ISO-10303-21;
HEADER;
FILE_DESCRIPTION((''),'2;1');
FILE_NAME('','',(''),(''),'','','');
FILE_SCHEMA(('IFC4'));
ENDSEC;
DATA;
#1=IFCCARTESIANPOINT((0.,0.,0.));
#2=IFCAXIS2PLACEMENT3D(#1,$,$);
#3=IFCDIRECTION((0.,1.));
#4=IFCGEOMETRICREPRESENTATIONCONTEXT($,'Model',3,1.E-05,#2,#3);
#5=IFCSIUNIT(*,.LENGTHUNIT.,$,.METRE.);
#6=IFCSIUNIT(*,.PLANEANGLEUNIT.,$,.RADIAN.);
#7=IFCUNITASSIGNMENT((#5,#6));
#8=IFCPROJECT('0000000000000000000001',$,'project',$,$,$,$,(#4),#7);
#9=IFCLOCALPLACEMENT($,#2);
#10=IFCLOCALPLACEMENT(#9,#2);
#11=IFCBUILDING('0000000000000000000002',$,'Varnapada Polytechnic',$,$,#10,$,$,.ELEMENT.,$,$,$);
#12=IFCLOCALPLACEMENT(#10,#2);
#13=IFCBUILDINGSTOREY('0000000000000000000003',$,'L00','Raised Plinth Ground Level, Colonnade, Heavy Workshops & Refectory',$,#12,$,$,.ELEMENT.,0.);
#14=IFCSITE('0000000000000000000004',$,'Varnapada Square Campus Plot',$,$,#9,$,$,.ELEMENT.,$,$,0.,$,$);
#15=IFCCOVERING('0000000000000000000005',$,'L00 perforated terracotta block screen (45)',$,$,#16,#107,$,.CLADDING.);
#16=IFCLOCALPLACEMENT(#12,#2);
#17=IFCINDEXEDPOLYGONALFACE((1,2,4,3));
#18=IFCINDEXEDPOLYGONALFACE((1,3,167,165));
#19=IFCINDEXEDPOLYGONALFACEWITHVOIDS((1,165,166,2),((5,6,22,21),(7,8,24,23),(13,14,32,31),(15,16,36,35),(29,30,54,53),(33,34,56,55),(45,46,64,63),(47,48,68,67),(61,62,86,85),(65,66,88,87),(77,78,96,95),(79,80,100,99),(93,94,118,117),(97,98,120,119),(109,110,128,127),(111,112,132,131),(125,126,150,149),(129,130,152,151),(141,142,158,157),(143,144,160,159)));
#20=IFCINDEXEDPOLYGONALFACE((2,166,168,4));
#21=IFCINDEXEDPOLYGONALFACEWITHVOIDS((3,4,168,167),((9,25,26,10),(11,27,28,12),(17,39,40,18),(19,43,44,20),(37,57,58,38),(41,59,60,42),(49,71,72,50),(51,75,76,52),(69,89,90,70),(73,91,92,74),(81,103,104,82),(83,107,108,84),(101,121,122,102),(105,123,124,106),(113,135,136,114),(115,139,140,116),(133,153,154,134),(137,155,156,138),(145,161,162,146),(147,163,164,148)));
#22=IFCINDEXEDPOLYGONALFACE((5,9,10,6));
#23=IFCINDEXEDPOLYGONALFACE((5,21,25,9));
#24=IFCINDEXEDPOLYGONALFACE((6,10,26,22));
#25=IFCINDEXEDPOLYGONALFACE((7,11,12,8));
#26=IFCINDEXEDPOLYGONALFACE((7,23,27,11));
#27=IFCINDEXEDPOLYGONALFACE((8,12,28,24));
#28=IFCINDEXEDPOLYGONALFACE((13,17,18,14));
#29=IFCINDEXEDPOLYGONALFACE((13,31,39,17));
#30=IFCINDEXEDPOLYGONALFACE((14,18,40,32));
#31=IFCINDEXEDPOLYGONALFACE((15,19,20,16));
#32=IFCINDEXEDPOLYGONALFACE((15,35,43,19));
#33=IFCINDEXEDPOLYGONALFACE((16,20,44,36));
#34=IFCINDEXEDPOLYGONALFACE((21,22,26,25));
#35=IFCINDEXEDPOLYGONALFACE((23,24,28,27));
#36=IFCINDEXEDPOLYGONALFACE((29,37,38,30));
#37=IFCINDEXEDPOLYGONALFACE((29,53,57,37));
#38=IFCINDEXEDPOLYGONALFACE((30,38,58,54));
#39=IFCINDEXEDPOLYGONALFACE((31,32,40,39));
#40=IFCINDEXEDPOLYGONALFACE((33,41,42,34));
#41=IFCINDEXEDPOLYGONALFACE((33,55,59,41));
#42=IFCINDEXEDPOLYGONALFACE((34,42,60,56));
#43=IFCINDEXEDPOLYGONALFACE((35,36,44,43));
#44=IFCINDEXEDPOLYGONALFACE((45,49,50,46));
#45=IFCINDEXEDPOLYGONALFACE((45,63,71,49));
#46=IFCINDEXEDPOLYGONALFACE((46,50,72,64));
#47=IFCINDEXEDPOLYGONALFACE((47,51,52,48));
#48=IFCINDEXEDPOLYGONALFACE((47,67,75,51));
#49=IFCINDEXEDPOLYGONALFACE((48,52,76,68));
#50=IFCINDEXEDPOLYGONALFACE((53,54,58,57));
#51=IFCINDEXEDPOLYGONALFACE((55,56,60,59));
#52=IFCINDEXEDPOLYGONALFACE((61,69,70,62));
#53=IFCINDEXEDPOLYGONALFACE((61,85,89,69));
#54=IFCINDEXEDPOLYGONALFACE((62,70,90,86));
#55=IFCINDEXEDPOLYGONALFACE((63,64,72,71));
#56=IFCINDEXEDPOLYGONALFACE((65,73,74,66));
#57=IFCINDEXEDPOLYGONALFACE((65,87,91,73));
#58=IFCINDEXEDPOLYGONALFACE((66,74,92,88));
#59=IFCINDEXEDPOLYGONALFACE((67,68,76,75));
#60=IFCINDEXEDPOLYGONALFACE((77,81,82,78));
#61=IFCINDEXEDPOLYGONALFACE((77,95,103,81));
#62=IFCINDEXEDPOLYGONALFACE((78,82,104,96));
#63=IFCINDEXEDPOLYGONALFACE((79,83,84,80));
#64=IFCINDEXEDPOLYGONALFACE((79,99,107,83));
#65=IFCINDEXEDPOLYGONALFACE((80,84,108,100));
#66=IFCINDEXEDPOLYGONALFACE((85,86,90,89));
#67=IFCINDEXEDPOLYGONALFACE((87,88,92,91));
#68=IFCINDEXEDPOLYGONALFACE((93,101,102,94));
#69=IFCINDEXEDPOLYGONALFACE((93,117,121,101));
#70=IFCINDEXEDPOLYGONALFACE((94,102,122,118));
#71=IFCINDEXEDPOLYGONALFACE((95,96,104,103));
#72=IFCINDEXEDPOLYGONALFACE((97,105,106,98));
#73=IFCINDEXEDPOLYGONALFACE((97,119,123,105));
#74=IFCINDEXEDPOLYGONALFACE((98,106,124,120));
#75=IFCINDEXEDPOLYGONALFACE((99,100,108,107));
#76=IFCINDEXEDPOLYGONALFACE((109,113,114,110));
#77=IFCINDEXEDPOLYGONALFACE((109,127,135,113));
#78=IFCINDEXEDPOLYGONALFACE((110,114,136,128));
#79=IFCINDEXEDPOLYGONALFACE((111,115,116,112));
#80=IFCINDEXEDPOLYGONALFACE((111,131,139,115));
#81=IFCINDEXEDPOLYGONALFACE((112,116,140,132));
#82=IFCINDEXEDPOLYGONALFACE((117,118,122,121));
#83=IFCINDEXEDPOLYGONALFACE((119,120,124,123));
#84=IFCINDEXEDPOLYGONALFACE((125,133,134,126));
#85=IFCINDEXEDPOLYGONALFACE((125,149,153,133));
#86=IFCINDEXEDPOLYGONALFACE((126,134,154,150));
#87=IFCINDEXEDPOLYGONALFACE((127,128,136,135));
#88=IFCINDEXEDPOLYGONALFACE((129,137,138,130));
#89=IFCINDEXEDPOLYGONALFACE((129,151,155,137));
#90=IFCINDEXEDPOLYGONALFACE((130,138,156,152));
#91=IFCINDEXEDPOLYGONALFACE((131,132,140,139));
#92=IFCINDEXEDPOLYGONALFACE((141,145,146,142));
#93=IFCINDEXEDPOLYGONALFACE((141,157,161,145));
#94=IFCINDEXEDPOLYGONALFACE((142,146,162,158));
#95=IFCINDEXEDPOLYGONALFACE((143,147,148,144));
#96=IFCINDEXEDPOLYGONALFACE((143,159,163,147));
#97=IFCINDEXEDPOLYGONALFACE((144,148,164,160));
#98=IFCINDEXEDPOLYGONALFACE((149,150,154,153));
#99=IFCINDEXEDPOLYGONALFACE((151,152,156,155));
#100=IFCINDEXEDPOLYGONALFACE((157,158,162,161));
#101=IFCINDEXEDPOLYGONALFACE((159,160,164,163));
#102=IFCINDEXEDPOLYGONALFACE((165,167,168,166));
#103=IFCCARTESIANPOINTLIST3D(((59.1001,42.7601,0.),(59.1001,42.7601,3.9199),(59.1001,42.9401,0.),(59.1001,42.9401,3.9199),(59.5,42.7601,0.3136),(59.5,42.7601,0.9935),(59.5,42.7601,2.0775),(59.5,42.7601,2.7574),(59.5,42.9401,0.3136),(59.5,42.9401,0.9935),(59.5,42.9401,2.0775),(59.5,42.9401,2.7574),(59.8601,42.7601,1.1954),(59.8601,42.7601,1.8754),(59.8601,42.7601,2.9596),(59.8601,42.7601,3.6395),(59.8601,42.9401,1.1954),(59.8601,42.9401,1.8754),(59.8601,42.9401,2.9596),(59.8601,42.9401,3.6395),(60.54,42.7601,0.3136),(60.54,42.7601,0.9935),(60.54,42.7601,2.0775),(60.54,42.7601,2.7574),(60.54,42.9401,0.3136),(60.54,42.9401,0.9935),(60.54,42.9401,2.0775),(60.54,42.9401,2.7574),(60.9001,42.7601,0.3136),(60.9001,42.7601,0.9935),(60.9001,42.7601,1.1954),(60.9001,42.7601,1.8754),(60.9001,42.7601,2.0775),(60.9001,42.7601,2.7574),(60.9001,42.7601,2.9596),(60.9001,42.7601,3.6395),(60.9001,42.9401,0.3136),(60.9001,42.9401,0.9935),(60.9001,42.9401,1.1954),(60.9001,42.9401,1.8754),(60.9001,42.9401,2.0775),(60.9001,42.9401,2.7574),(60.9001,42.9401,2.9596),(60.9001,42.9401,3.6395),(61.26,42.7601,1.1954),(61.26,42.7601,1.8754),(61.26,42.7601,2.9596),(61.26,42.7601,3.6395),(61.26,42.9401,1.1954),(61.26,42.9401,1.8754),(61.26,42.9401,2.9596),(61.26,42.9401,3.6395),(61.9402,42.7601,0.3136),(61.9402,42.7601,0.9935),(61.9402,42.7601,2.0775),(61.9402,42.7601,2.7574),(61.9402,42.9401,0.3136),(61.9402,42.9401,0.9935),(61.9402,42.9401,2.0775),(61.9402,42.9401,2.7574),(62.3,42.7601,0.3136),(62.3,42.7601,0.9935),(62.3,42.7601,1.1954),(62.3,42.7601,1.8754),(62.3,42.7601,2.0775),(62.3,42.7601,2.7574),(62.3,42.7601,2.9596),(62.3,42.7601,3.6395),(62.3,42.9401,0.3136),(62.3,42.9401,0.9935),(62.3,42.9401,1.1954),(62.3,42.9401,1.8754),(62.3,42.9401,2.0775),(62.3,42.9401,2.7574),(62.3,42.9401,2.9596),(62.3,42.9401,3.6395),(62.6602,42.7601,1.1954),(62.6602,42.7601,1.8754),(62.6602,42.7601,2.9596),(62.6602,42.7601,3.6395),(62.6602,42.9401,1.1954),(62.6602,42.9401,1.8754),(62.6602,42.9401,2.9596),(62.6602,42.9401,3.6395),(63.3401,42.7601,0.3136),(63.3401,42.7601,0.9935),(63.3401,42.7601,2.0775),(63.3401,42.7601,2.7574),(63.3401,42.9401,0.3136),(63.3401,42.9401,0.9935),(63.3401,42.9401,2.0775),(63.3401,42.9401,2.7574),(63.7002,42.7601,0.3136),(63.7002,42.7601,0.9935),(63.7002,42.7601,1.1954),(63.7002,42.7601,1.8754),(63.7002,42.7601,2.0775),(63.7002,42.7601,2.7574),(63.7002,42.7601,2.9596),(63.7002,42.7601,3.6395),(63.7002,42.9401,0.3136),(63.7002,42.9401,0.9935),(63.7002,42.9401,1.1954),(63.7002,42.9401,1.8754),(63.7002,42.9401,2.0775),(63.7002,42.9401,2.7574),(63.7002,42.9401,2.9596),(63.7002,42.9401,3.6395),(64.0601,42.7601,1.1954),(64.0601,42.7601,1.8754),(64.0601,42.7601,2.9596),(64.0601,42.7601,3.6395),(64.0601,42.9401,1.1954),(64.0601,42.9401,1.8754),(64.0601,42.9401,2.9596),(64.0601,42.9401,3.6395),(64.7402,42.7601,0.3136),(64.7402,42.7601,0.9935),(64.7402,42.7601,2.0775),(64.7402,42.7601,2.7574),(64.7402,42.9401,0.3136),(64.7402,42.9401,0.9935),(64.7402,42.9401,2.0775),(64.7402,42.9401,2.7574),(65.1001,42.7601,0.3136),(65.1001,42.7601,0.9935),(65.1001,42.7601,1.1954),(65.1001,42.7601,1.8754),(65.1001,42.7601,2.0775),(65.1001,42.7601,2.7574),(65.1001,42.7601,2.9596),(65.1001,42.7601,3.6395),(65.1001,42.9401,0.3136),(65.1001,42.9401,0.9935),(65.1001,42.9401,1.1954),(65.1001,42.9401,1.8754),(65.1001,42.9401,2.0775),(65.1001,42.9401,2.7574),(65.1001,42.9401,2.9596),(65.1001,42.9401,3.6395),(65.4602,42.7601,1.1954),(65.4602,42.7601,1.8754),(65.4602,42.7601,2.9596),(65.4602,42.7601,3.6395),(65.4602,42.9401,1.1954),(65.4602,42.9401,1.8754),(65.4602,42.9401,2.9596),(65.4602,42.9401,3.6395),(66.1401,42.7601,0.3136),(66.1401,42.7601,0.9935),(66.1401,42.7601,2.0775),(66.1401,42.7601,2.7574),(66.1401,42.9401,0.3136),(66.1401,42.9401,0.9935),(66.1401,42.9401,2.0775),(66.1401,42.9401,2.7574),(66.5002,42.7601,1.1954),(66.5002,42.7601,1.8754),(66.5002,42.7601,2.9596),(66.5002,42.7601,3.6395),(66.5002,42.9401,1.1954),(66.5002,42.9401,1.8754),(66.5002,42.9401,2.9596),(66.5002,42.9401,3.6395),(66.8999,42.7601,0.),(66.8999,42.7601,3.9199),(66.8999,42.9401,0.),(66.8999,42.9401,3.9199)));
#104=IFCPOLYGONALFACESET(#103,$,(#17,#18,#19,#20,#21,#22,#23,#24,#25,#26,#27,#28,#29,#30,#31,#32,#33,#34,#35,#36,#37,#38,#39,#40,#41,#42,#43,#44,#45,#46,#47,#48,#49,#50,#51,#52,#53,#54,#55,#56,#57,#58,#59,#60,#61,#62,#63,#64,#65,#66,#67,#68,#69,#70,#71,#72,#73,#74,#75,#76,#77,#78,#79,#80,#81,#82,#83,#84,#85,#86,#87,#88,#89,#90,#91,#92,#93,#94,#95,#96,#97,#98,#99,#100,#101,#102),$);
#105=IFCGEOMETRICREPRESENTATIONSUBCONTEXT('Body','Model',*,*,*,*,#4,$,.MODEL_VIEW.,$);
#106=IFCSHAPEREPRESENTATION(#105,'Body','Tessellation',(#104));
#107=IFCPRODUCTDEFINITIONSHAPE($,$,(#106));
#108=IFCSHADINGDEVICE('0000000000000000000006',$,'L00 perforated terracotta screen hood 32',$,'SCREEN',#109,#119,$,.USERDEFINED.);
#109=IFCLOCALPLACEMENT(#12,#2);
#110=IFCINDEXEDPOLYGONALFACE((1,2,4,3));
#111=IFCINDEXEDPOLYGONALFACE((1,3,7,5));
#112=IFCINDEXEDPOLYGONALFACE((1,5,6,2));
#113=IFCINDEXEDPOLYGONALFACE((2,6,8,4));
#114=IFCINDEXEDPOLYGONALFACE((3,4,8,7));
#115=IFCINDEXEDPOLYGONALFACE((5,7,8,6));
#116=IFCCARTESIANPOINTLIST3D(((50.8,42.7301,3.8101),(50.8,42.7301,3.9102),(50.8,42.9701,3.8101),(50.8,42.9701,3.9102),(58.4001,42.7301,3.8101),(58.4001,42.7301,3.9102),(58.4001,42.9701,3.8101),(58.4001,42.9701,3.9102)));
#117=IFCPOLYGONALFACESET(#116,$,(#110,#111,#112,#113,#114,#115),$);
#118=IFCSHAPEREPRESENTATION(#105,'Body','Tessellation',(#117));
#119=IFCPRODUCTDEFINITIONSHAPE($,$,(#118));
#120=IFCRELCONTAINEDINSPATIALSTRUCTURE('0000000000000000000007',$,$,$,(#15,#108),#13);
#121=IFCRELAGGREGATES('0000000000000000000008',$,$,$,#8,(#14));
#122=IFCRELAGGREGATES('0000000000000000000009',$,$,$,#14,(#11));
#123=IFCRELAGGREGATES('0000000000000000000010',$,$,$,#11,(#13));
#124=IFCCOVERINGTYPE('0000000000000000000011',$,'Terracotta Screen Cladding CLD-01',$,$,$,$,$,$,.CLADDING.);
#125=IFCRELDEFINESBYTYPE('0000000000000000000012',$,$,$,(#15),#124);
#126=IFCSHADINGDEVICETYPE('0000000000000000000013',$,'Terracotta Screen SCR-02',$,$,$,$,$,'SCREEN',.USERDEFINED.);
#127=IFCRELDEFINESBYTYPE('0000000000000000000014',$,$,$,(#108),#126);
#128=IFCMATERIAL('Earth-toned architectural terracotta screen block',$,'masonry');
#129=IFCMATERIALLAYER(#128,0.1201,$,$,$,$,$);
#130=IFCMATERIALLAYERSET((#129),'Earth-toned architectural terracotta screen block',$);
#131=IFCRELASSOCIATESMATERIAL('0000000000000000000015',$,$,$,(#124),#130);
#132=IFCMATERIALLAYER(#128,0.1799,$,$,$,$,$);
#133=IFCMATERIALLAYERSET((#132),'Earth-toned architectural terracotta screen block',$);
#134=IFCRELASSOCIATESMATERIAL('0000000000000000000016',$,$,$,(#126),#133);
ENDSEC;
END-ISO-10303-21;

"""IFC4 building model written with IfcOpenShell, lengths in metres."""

from ifc_helpers import new_model, si_unit, direction, frame, frame_2d, origin, origin_2d, place, context, subcontext, project, spatial, rectangle, extrude, material, layer, layer_set, type_object, element, save


model = new_model("IFC4")

# Units and contexts
model_context = context("Model", 3, precision=1e-05, world=origin(), true_north=direction((0.0, 1.0)))
body_context = subcontext(model_context, "Body", "Model", "MODEL_VIEW")
ifc_project = project(units=[si_unit("LENGTHUNIT", "METRE"), si_unit("PLANEANGLEUNIT", "RADIAN")], contexts=[model_context])

# Site, building, storey
site_placement = place(None, origin())
site = spatial("IfcSite", under=ifc_project, at=site_placement, Name="Varnapada Square Campus Plot", CompositionType="ELEMENT", RefElevation=0.0)
building_placement = place(site_placement, origin())
building = spatial("IfcBuilding", under=site, at=building_placement, Name="Varnapada Polytechnic", CompositionType="ELEMENT")
storey_placement = place(building_placement, origin())
storey = spatial("IfcBuildingStorey", under=building, at=storey_placement, Name="L00", Description="Raised Plinth Ground Level, Colonnade, Heavy Workshops & Refectory", CompositionType="ELEMENT", Elevation=0.0)

# Covering, openings
ifc_material_1 = material(Name="Earth-toned architectural terracotta screen block", Category="masonry")
ifc_layer_1 = layer(ifc_material_1, 0.1201)
ifc_layer_set_1 = layer_set([ifc_layer_1], Name="Earth-toned architectural terracotta screen block")
covering_type = type_object("IfcCoveringType", Name="Terracotta Screen Cladding CLD-01", PredefinedType="CLADDING", material=ifc_layer_set_1)
covering_placement = place(storey_placement, frame((59.1001, 42.8501, 0.0), z_axis=(0.0, 0.0, 1.0), x_axis=(1.0, 0.0, 0.0)))
covering = element("IfcCovering", 1, at=covering_placement, inside=storey, type_object=covering_type, Name="L00 perforated terracotta block screen (45)", PredefinedType="CLADDING", context=body_context, shape_type="SweptSolid", body=[
    extrude(rectangle(XDim=7.7998, YDim=0.1799, at=frame_2d((3.8999, 0.0))), origin(), (0.0, 0.0, 1.0), 3.9199),
])
opening_1_placement = place(covering_placement, frame((0.3999, 0.0, 0.3137)))
element("IfcOpeningElement", 2, at=opening_1_placement, cuts=covering, PredefinedType="OPENING", context=body_context, shape_type="SweptSolid", body=[
    extrude(rectangle(XDim=1.04, YDim=0.6799, at=frame_2d((0.52, 0.3398))), frame((0.0, 0.0999, 0.0), z_axis=(0.0, -1.0, 0.0), x_axis=(1.0, 0.0, 0.0)), (0.0, 0.0, 1.0), 0.2),
])
opening_2_placement = place(covering_placement, frame((1.8, 0.0, 0.3137)))
element("IfcOpeningElement", 3, at=opening_2_placement, cuts=covering, PredefinedType="OPENING", context=body_context, shape_type="SweptSolid", body=[
    extrude(rectangle(XDim=1.04, YDim=0.6799, at=frame_2d((0.52, 0.3398))), frame((0.0, 0.0999, 0.0), z_axis=(0.0, -1.0, 0.0), x_axis=(1.0, 0.0, 0.0)), (0.0, 0.0, 1.0), 0.2),
])
opening_3_placement = place(covering_placement, frame((3.2, 0.0, 0.3137)))
element("IfcOpeningElement", 4, at=opening_3_placement, cuts=covering, PredefinedType="OPENING", context=body_context, shape_type="SweptSolid", body=[
    extrude(rectangle(XDim=1.04, YDim=0.6799, at=frame_2d((0.52, 0.3398))), frame((0.0, 0.0999, 0.0), z_axis=(0.0, -1.0, 0.0), x_axis=(1.0, 0.0, 0.0)), (0.0, 0.0, 1.0), 0.2),
])
opening_4_placement = place(covering_placement, frame((4.6001, 0.0, 0.3137)))
element("IfcOpeningElement", 5, at=opening_4_placement, cuts=covering, PredefinedType="OPENING", context=body_context, shape_type="SweptSolid", body=[
    extrude(rectangle(XDim=1.04, YDim=0.6799, at=frame_2d((0.52, 0.3398))), frame((0.0, 0.0999, 0.0), z_axis=(0.0, -1.0, 0.0), x_axis=(1.0, 0.0, 0.0)), (0.0, 0.0, 1.0), 0.2),
])
opening_5_placement = place(covering_placement, frame((6.0, 0.0, 0.3137)))
element("IfcOpeningElement", 6, at=opening_5_placement, cuts=covering, PredefinedType="OPENING", context=body_context, shape_type="SweptSolid", body=[
    extrude(rectangle(XDim=1.04, YDim=0.6799, at=frame_2d((0.52, 0.3398))), frame((0.0, 0.0999, 0.0), z_axis=(0.0, -1.0, 0.0), x_axis=(1.0, 0.0, 0.0)), (0.0, 0.0, 1.0), 0.2),
])
opening_6_placement = place(covering_placement, frame((0.76, 0.0, 1.1956)))
element("IfcOpeningElement", 7, at=opening_6_placement, cuts=covering, PredefinedType="OPENING", context=body_context, shape_type="SweptSolid", body=[
    extrude(rectangle(XDim=1.04, YDim=0.6799, at=frame_2d((0.52, 0.3398))), frame((0.0, 0.0999, 0.0), z_axis=(0.0, -1.0, 0.0), x_axis=(1.0, 0.0, 0.0)), (0.0, 0.0, 1.0), 0.2),
])
opening_7_placement = place(covering_placement, frame((2.1599, 0.0, 1.1956)))
element("IfcOpeningElement", 8, at=opening_7_placement, cuts=covering, PredefinedType="OPENING", context=body_context, shape_type="SweptSolid", body=[
    extrude(rectangle(XDim=1.04, YDim=0.6799, at=frame_2d((0.52, 0.3398))), frame((0.0, 0.0999, 0.0), z_axis=(0.0, -1.0, 0.0), x_axis=(1.0, 0.0, 0.0)), (0.0, 0.0, 1.0), 0.2),
])
opening_8_placement = place(covering_placement, frame((3.5601, 0.0, 1.1956)))
element("IfcOpeningElement", 9, at=opening_8_placement, cuts=covering, PredefinedType="OPENING", context=body_context, shape_type="SweptSolid", body=[
    extrude(rectangle(XDim=1.04, YDim=0.6799, at=frame_2d((0.52, 0.3398))), frame((0.0, 0.0999, 0.0), z_axis=(0.0, -1.0, 0.0), x_axis=(1.0, 0.0, 0.0)), (0.0, 0.0, 1.0), 0.2),
])
opening_9_placement = place(covering_placement, frame((4.96, 0.0, 1.1956)))
element("IfcOpeningElement", 10, at=opening_9_placement, cuts=covering, PredefinedType="OPENING", context=body_context, shape_type="SweptSolid", body=[
    extrude(rectangle(XDim=1.04, YDim=0.6799, at=frame_2d((0.52, 0.3398))), frame((0.0, 0.0999, 0.0), z_axis=(0.0, -1.0, 0.0), x_axis=(1.0, 0.0, 0.0)), (0.0, 0.0, 1.0), 0.2),
])
opening_10_placement = place(covering_placement, frame((6.3601, 0.0, 1.1956)))
element("IfcOpeningElement", 11, at=opening_10_placement, cuts=covering, PredefinedType="OPENING", context=body_context, shape_type="SweptSolid", body=[
    extrude(rectangle(XDim=1.04, YDim=0.6799, at=frame_2d((0.52, 0.3398))), frame((0.0, 0.0999, 0.0), z_axis=(0.0, -1.0, 0.0), x_axis=(1.0, 0.0, 0.0)), (0.0, 0.0, 1.0), 0.2),
])
opening_11_placement = place(covering_placement, frame((0.3999, 0.0, 2.0776)))
element("IfcOpeningElement", 12, at=opening_11_placement, cuts=covering, PredefinedType="OPENING", context=body_context, shape_type="SweptSolid", body=[
    extrude(rectangle(XDim=1.04, YDim=0.6799, at=frame_2d((0.52, 0.3398))), frame((0.0, 0.0999, 0.0), z_axis=(0.0, -1.0, 0.0), x_axis=(1.0, 0.0, 0.0)), (0.0, 0.0, 1.0), 0.2),
])
opening_12_placement = place(covering_placement, frame((1.8, 0.0, 2.0776)))
element("IfcOpeningElement", 13, at=opening_12_placement, cuts=covering, PredefinedType="OPENING", context=body_context, shape_type="SweptSolid", body=[
    extrude(rectangle(XDim=1.04, YDim=0.6799, at=frame_2d((0.52, 0.3398))), frame((0.0, 0.0999, 0.0), z_axis=(0.0, -1.0, 0.0), x_axis=(1.0, 0.0, 0.0)), (0.0, 0.0, 1.0), 0.2),
])
opening_13_placement = place(covering_placement, frame((3.2, 0.0, 2.0776)))
element("IfcOpeningElement", 14, at=opening_13_placement, cuts=covering, PredefinedType="OPENING", context=body_context, shape_type="SweptSolid", body=[
    extrude(rectangle(XDim=1.04, YDim=0.6799, at=frame_2d((0.52, 0.3398))), frame((0.0, 0.0999, 0.0), z_axis=(0.0, -1.0, 0.0), x_axis=(1.0, 0.0, 0.0)), (0.0, 0.0, 1.0), 0.2),
])
opening_14_placement = place(covering_placement, frame((4.6001, 0.0, 2.0776)))
element("IfcOpeningElement", 15, at=opening_14_placement, cuts=covering, PredefinedType="OPENING", context=body_context, shape_type="SweptSolid", body=[
    extrude(rectangle(XDim=1.04, YDim=0.6799, at=frame_2d((0.52, 0.3398))), frame((0.0, 0.0999, 0.0), z_axis=(0.0, -1.0, 0.0), x_axis=(1.0, 0.0, 0.0)), (0.0, 0.0, 1.0), 0.2),
])
opening_15_placement = place(covering_placement, frame((6.0, 0.0, 2.0776)))
element("IfcOpeningElement", 16, at=opening_15_placement, cuts=covering, PredefinedType="OPENING", context=body_context, shape_type="SweptSolid", body=[
    extrude(rectangle(XDim=1.04, YDim=0.6799, at=frame_2d((0.52, 0.3398))), frame((0.0, 0.0999, 0.0), z_axis=(0.0, -1.0, 0.0), x_axis=(1.0, 0.0, 0.0)), (0.0, 0.0, 1.0), 0.2),
])
opening_16_placement = place(covering_placement, frame((0.76, 0.0, 2.9597)))
element("IfcOpeningElement", 17, at=opening_16_placement, cuts=covering, PredefinedType="OPENING", context=body_context, shape_type="SweptSolid", body=[
    extrude(rectangle(XDim=1.04, YDim=0.6799, at=frame_2d((0.52, 0.3398))), frame((0.0, 0.0999, 0.0), z_axis=(0.0, -1.0, 0.0), x_axis=(1.0, 0.0, 0.0)), (0.0, 0.0, 1.0), 0.2),
])
opening_17_placement = place(covering_placement, frame((2.1599, 0.0, 2.9597)))
element("IfcOpeningElement", 18, at=opening_17_placement, cuts=covering, PredefinedType="OPENING", context=body_context, shape_type="SweptSolid", body=[
    extrude(rectangle(XDim=1.04, YDim=0.6799, at=frame_2d((0.52, 0.3398))), frame((0.0, 0.0999, 0.0), z_axis=(0.0, -1.0, 0.0), x_axis=(1.0, 0.0, 0.0)), (0.0, 0.0, 1.0), 0.2),
])
opening_18_placement = place(covering_placement, frame((3.5601, 0.0, 2.9597)))
element("IfcOpeningElement", 19, at=opening_18_placement, cuts=covering, PredefinedType="OPENING", context=body_context, shape_type="SweptSolid", body=[
    extrude(rectangle(XDim=1.04, YDim=0.6799, at=frame_2d((0.52, 0.3398))), frame((0.0, 0.0999, 0.0), z_axis=(0.0, -1.0, 0.0), x_axis=(1.0, 0.0, 0.0)), (0.0, 0.0, 1.0), 0.2),
])
opening_19_placement = place(covering_placement, frame((4.96, 0.0, 2.9597)))
element("IfcOpeningElement", 20, at=opening_19_placement, cuts=covering, PredefinedType="OPENING", context=body_context, shape_type="SweptSolid", body=[
    extrude(rectangle(XDim=1.04, YDim=0.6799, at=frame_2d((0.52, 0.3398))), frame((0.0, 0.0999, 0.0), z_axis=(0.0, -1.0, 0.0), x_axis=(1.0, 0.0, 0.0)), (0.0, 0.0, 1.0), 0.2),
])
opening_20_placement = place(covering_placement, frame((6.3601, 0.0, 2.9597)))
element("IfcOpeningElement", 21, at=opening_20_placement, cuts=covering, PredefinedType="OPENING", context=body_context, shape_type="SweptSolid", body=[
    extrude(rectangle(XDim=1.04, YDim=0.6799, at=frame_2d((0.52, 0.3398))), frame((0.0, 0.0999, 0.0), z_axis=(0.0, -1.0, 0.0), x_axis=(1.0, 0.0, 0.0)), (0.0, 0.0, 1.0), 0.2),
])

# Shading device
ifc_layer_2 = layer(ifc_material_1, 0.1799)
ifc_layer_set_2 = layer_set([ifc_layer_2], Name="Earth-toned architectural terracotta screen block")
shading_device_type_1 = type_object("IfcShadingDeviceType", Name="Terracotta Screen SCR-02", ElementType="SCREEN", PredefinedType="USERDEFINED", material=ifc_layer_set_2)
shading_device_1_placement = place(storey_placement, frame((54.6001, 42.8501, 3.8101), z_axis=(0.0, 0.0, 1.0), x_axis=(1.0, 0.0, 0.0)))
element("IfcShadingDevice", 22, at=shading_device_1_placement, inside=storey, type_object=shading_device_type_1, Name="L00 perforated terracotta screen hood 32", ObjectType="SCREEN", PredefinedType="USERDEFINED", context=body_context, shape_type="SweptSolid", body=[
    extrude(rectangle(XDim=7.6001, YDim=0.24, at=origin_2d()), origin(), (0.0, 0.0, 1.0), 0.1001),
])

save(model, "model.ifc")
